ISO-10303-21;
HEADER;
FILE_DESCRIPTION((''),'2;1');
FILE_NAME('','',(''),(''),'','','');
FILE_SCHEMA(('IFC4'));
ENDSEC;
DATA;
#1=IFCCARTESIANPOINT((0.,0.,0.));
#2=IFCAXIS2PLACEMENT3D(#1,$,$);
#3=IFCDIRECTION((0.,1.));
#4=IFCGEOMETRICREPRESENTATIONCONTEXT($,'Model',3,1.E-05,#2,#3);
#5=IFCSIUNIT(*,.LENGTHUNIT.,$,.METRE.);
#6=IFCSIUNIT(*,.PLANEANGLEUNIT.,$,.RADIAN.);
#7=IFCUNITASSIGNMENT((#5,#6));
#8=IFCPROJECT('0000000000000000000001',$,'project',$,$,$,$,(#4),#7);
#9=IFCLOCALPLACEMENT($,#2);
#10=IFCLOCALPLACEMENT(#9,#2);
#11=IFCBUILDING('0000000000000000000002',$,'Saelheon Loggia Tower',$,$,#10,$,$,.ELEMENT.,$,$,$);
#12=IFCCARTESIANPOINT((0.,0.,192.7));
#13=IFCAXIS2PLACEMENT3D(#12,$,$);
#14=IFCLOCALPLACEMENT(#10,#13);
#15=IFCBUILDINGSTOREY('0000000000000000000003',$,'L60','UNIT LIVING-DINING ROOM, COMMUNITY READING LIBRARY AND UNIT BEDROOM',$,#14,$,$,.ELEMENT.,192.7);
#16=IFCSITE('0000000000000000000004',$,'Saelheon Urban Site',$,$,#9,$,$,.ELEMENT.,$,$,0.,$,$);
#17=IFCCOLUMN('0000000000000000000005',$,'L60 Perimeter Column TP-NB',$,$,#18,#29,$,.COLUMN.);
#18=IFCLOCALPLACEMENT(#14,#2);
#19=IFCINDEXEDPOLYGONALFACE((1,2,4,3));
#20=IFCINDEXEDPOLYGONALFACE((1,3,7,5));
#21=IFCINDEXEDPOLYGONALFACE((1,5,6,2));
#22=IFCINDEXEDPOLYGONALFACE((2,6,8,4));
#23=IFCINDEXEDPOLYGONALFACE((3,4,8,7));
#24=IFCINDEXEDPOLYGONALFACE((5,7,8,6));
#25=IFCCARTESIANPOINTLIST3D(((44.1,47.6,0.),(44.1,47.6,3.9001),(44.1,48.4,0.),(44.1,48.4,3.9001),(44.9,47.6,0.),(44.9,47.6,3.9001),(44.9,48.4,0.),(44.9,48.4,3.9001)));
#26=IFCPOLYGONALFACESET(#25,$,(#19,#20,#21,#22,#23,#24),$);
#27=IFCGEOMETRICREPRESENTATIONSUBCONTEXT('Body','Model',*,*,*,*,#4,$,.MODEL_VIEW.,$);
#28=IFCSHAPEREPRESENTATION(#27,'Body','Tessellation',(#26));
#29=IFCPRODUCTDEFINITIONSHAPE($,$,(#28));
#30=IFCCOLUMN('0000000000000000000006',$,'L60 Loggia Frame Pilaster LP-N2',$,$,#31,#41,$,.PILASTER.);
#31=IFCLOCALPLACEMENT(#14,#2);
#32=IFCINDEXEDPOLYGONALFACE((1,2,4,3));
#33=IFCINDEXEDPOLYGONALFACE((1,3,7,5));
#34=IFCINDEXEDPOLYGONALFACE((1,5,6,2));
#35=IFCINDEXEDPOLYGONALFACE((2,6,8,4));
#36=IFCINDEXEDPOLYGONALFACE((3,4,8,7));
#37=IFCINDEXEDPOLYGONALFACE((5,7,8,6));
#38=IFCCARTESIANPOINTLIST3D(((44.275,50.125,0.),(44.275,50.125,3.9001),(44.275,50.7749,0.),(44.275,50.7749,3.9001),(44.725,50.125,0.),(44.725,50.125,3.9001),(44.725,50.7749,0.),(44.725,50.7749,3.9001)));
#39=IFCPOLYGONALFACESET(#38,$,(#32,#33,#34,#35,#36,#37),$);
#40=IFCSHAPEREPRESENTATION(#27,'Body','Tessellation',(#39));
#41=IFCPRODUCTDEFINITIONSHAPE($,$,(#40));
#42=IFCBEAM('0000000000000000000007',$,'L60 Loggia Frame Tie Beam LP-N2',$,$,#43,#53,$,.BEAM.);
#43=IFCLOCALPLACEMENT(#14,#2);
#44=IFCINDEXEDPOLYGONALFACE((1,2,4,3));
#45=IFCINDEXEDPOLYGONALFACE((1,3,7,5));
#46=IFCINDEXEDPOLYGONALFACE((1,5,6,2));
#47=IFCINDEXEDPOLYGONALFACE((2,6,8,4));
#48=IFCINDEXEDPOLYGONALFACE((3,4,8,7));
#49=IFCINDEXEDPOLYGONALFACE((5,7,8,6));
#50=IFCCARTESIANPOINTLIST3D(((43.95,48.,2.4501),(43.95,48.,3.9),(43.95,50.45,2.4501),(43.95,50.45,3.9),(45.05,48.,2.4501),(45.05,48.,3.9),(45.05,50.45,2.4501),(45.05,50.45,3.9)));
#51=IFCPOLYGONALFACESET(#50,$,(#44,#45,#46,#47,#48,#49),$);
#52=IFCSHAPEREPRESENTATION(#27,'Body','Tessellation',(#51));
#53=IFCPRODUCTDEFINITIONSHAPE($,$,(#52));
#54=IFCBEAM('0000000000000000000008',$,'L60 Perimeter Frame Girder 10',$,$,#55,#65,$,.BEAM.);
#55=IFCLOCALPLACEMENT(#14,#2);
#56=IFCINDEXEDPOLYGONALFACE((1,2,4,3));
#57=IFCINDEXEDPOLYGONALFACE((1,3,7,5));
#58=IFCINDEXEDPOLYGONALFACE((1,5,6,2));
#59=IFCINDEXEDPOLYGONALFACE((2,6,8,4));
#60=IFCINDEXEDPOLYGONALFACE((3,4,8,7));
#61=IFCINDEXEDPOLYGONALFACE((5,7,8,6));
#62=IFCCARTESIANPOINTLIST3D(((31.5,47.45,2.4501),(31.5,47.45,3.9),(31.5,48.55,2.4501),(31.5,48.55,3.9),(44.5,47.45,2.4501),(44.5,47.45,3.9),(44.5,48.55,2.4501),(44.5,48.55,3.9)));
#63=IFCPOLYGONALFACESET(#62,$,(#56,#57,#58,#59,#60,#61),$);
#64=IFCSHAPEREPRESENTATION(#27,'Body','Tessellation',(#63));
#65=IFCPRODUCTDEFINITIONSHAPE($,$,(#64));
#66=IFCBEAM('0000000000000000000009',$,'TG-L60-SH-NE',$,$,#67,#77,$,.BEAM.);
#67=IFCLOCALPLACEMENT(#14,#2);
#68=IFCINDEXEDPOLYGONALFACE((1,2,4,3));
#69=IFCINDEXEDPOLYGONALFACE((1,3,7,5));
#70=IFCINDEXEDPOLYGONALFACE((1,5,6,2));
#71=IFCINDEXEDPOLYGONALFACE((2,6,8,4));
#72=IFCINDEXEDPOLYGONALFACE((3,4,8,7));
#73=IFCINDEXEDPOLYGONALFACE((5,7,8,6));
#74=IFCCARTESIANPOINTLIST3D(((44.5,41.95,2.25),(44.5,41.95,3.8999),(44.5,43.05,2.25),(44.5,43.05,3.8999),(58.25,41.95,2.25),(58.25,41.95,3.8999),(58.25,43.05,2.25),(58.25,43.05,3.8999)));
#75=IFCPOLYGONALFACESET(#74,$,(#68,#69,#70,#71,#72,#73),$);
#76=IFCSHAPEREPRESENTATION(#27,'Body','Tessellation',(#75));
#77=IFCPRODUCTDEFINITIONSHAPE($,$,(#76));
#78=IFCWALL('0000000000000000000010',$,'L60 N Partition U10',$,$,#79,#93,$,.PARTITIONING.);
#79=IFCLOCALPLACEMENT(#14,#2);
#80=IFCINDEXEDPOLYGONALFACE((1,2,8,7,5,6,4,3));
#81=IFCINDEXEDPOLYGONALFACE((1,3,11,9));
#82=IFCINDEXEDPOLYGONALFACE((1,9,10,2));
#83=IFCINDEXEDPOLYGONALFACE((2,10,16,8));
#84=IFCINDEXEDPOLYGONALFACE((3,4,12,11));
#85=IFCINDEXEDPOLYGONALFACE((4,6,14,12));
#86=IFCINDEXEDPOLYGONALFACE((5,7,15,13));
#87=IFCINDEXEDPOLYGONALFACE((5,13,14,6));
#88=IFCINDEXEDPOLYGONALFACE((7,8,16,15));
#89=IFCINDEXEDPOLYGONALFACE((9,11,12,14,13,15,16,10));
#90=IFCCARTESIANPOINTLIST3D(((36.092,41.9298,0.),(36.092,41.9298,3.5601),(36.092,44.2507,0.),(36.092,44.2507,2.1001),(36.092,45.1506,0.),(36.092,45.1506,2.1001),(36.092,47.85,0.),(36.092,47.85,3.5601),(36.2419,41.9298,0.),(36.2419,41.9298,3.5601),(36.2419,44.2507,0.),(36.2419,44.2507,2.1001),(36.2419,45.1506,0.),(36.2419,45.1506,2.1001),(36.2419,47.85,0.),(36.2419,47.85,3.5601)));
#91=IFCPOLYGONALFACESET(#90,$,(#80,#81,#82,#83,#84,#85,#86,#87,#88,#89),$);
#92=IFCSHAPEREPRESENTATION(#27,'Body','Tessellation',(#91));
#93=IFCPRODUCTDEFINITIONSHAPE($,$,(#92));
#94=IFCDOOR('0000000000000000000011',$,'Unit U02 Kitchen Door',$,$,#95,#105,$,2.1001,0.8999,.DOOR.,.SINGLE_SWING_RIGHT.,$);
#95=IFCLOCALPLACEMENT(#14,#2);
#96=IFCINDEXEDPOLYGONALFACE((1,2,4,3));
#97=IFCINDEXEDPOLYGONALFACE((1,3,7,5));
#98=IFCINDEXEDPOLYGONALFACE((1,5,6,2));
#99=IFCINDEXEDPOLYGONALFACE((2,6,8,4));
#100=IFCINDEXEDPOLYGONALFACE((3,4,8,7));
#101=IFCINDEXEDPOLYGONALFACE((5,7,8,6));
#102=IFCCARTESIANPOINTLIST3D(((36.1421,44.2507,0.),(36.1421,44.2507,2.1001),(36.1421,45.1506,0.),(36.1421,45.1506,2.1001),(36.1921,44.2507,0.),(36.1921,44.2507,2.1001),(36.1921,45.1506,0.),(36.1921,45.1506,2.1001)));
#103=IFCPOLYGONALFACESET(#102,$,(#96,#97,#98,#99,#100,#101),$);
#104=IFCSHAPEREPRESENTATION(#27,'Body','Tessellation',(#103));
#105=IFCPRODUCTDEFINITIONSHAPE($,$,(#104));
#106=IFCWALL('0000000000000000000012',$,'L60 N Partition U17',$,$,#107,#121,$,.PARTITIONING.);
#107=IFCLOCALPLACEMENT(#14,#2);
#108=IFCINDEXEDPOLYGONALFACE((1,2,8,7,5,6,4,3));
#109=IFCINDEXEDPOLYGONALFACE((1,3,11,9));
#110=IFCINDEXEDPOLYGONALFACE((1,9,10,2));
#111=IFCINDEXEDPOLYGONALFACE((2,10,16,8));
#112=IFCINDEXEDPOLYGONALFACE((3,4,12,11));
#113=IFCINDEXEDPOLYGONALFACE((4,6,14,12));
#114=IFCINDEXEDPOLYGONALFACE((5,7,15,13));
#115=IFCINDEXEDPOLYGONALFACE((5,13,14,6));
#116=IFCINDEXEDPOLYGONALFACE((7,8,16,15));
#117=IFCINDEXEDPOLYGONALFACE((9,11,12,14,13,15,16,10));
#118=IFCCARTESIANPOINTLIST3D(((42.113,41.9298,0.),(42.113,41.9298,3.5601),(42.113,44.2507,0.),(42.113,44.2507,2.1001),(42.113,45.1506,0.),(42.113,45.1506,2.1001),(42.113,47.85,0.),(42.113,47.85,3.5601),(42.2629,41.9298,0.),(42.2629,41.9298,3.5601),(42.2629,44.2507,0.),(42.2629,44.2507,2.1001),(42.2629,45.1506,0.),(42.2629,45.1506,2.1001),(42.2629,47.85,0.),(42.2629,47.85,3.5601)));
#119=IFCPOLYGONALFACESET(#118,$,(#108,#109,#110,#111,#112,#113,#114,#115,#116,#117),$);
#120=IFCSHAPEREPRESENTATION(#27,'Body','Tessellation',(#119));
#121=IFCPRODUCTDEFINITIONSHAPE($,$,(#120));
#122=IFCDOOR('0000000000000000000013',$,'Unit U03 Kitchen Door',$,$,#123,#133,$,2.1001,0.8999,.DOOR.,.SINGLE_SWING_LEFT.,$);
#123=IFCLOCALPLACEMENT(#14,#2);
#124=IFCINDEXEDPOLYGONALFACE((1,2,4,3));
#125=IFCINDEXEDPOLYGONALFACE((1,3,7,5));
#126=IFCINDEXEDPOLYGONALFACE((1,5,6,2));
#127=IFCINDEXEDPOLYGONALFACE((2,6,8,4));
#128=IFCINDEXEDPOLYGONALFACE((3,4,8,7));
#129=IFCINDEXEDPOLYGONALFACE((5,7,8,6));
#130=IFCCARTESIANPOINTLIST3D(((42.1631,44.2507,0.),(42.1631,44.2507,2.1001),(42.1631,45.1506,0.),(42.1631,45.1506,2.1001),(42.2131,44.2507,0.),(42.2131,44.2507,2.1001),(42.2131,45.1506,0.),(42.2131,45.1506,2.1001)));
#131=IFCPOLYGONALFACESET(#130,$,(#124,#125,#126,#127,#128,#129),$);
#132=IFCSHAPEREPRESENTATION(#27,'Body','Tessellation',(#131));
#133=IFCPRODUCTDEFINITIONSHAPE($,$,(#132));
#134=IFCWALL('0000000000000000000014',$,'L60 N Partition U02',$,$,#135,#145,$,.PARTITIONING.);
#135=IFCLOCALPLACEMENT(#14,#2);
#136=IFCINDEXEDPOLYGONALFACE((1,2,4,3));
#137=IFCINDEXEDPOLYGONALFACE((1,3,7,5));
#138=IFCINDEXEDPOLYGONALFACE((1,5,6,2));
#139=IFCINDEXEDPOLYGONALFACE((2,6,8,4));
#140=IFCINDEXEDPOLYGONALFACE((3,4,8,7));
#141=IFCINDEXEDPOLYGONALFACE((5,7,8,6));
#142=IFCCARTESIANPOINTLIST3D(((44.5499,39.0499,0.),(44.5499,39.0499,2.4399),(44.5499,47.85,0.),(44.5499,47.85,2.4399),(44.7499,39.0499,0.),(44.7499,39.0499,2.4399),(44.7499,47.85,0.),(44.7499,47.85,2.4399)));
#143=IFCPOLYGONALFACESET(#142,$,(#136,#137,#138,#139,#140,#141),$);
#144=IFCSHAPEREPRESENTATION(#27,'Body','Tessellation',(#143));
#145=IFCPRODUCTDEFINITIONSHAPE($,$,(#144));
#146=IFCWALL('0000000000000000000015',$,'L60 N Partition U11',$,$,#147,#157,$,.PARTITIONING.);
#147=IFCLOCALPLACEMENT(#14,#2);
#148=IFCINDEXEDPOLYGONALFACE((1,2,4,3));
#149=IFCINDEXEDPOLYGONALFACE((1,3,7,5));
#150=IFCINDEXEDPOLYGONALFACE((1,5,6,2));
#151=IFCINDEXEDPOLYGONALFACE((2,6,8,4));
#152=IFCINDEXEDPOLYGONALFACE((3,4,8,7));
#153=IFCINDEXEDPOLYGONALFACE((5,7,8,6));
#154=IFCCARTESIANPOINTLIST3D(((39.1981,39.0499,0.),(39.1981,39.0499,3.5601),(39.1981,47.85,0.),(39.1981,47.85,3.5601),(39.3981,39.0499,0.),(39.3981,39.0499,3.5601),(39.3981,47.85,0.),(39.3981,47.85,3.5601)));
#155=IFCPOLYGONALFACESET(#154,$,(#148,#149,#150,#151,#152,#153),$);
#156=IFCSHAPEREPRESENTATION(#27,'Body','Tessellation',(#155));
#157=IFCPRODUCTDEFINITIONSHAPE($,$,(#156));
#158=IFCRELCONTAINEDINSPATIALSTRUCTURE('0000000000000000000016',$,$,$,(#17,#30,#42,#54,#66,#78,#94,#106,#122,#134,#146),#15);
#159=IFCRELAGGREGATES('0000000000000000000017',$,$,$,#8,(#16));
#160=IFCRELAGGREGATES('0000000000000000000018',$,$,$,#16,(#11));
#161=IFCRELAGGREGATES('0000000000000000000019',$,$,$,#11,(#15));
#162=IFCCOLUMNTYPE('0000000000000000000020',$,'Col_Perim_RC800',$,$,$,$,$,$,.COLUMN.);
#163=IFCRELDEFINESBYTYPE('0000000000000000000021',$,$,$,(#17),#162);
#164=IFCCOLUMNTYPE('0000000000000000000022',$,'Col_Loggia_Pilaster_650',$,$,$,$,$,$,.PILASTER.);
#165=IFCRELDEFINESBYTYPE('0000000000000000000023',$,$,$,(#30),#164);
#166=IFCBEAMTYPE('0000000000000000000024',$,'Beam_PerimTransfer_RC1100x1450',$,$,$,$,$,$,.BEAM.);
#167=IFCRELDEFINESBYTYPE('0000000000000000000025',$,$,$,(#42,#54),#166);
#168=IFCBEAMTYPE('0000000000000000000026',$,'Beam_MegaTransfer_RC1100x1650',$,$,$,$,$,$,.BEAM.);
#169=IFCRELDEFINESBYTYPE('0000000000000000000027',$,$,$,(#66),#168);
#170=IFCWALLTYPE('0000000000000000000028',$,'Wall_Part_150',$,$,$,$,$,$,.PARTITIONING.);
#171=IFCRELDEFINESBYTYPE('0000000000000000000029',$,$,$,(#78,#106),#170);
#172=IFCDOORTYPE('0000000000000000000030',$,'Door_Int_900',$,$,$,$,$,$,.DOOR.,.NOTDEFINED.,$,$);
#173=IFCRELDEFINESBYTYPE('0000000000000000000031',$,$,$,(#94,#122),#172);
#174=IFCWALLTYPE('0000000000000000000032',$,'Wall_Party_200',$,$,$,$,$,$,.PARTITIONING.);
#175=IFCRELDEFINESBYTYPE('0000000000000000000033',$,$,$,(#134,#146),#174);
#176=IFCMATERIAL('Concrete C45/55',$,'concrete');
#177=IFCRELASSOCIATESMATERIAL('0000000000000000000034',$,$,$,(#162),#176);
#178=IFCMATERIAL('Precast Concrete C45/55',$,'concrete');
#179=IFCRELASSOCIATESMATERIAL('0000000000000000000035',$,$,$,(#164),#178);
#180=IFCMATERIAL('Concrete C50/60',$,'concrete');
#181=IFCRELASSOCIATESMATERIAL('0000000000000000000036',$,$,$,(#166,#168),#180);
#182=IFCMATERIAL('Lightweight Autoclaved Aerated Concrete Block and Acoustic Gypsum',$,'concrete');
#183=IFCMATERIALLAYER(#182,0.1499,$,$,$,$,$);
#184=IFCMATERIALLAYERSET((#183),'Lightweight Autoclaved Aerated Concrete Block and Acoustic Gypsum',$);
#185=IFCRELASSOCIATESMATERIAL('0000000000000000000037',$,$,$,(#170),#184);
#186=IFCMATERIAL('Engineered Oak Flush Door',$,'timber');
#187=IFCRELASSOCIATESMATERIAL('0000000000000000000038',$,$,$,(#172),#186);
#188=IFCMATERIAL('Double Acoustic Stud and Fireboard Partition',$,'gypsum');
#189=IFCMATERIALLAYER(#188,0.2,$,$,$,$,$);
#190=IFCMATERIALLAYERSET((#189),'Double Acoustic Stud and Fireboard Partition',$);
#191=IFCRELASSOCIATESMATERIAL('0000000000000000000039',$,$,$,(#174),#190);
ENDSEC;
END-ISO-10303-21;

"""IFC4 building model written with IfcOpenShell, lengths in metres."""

from ifc_helpers import new_model, si_unit, direction, frame, frame_2d, origin, origin_2d, place, context, subcontext, project, spatial, rectangle, extrude, source, transform, mapped, material, layer, layer_set, material_profile, profile_set, type_object, element, fill, save


model = new_model("IFC4")

# Units and contexts
model_context = context("Model", 3, precision=1e-05, world=origin(), true_north=direction((0.0, 1.0)))
body_context = subcontext(model_context, "Body", "Model", "MODEL_VIEW")
ifc_project = project(units=[si_unit("LENGTHUNIT", "METRE"), si_unit("PLANEANGLEUNIT", "RADIAN")], contexts=[model_context])

# Site, building, storey
site_placement = place(None, origin())
site = spatial("IfcSite", under=ifc_project, at=site_placement, Name="Saelheon Urban Site", CompositionType="ELEMENT", RefElevation=0.0)
building_placement = place(site_placement, origin())
building = spatial("IfcBuilding", under=site, at=building_placement, Name="Saelheon Loggia Tower", CompositionType="ELEMENT")
storey_placement = place(building_placement, frame((0.0, 0.0, 192.7)))
storey = spatial("IfcBuildingStorey", under=building, at=storey_placement, Name="L60", Description="UNIT LIVING-DINING ROOM, COMMUNITY READING LIBRARY AND UNIT BEDROOM", CompositionType="ELEMENT", Elevation=192.7)

# Columns
ifc_material_1 = material(Name="Concrete C45/55", Category="concrete")
ifc_material_profile_1 = material_profile(ifc_material_1, rectangle(XDim=0.8, YDim=0.8, at=origin_2d()), Name="RC-800x800")
ifc_profile_set_1 = profile_set([ifc_material_profile_1], Name="Concrete C45/55")
column_type_1 = type_object("IfcColumnType", Name="Col_Perim_RC800", PredefinedType="COLUMN", material=ifc_profile_set_1)
shared_shape_1 = source(origin(), body_context, "Body", "SweptSolid", [
    extrude(rectangle(XDim=0.8, YDim=0.8, at=origin_2d()), origin(), (0.0, 0.0, 1.0), 3.9001),
])
column_1_placement = place(storey_placement, frame((44.5, 48.0, 0.0), z_axis=(0.0, 0.0, 1.0), x_axis=(1.0, 0.0, 0.0)))
element("IfcColumn", 1, at=column_1_placement, inside=storey, type_object=column_type_1, Name="L60 Perimeter Column TP-NB", PredefinedType="COLUMN", context=body_context, shape_type="MappedRepresentation", body=[
    mapped(shared_shape_1, transform((0.0, 0.0, 0.0), scale=1.0)),
])
ifc_material_2 = material(Name="Precast Concrete C45/55", Category="concrete")
ifc_material_profile_2 = material_profile(ifc_material_2, rectangle(XDim=0.45, YDim=0.6499, at=origin_2d()), Name="RC-450x650")
ifc_profile_set_2 = profile_set([ifc_material_profile_2], Name="Precast Concrete C45/55")
column_type_2 = type_object("IfcColumnType", Name="Col_Loggia_Pilaster_650", PredefinedType="PILASTER", material=ifc_profile_set_2)
shared_shape_2 = source(origin(), body_context, "Body", "SweptSolid", [
    extrude(rectangle(XDim=0.45, YDim=0.6499, at=origin_2d()), origin(), (0.0, 0.0, 1.0), 3.9001),
])
column_2_placement = place(storey_placement, frame((44.5, 50.45, 0.0), z_axis=(0.0, 0.0, 1.0), x_axis=(1.0, 0.0, 0.0)))
element("IfcColumn", 2, at=column_2_placement, inside=storey, type_object=column_type_2, Name="L60 Loggia Frame Pilaster LP-N2", PredefinedType="PILASTER", context=body_context, shape_type="MappedRepresentation", body=[
    mapped(shared_shape_2, transform((0.0, 0.0, 0.0), scale=1.0)),
])

# Beams
ifc_material_3 = material(Name="Concrete C50/60", Category="concrete")
ifc_material_profile_3 = material_profile(ifc_material_3, rectangle(XDim=1.1001, YDim=1.45, at=origin_2d()), Name="RC-1100x1450")
ifc_profile_set_3 = profile_set([ifc_material_profile_3], Name="Concrete C50/60")
beam_type_1 = type_object("IfcBeamType", Name="Beam_PerimTransfer_RC1100x1450", PredefinedType="BEAM", material=ifc_profile_set_3)
shared_shape_3 = source(origin(), body_context, "Body", "SweptSolid", [
    extrude(rectangle(XDim=1.1001, YDim=1.45, at=origin_2d()), origin(), (0.0, 0.0, 1.0), 2.45),
])
beam_1_placement = place(storey_placement, frame((44.5, 48.0, 3.175), z_axis=(0.0, 1.0, 0.0), x_axis=(-1.0, 0.0, 0.0)))
element("IfcBeam", 3, at=beam_1_placement, inside=storey, type_object=beam_type_1, Name="L60 Loggia Frame Tie Beam LP-N2", PredefinedType="BEAM", context=body_context, shape_type="MappedRepresentation", body=[
    mapped(shared_shape_3, transform((0.0, 0.0, 0.0), scale=1.0)),
])
shared_shape_4 = source(origin(), body_context, "Body", "SweptSolid", [
    extrude(rectangle(XDim=1.1001, YDim=1.45, at=origin_2d()), origin(), (0.0, 0.0, 1.0), 13.0),
])
beam_2_placement = place(storey_placement, frame((44.5, 48.0, 3.175), z_axis=(-1.0, 0.0, 0.0), x_axis=(0.0, -1.0, 0.0)))
element("IfcBeam", 4, at=beam_2_placement, inside=storey, type_object=beam_type_1, Name="L60 Perimeter Frame Girder 10", PredefinedType="BEAM", context=body_context, shape_type="MappedRepresentation", body=[
    mapped(shared_shape_4, transform((0.0, 0.0, 0.0), scale=1.0)),
])
ifc_material_profile_4 = material_profile(ifc_material_3, rectangle(XDim=1.1001, YDim=1.6499, at=origin_2d()), Name="RC-1100x1650")
ifc_profile_set_4 = profile_set([ifc_material_profile_4], Name="Concrete C50/60")
beam_type_2 = type_object("IfcBeamType", Name="Beam_MegaTransfer_RC1100x1650", PredefinedType="BEAM", material=ifc_profile_set_4)
shared_shape_5 = source(origin(), body_context, "Body", "SweptSolid", [
    extrude(rectangle(XDim=1.1001, YDim=1.6499, at=origin_2d()), origin(), (0.0, 0.0, 1.0), 13.75),
])
beam_3_placement = place(storey_placement, frame((44.5, 42.5, 3.075), z_axis=(1.0, 0.0, 0.0), x_axis=(0.0, 1.0, 0.0)))
element("IfcBeam", 5, at=beam_3_placement, inside=storey, type_object=beam_type_2, Name="TG-L60-SH-NE", PredefinedType="BEAM", context=body_context, shape_type="MappedRepresentation", body=[
    mapped(shared_shape_5, transform((0.0, 0.0, 0.0), scale=1.0)),
])

# Walls, openings, doors
ifc_material_4 = material(Name="Lightweight Autoclaved Aerated Concrete Block and Acoustic Gypsum", Category="concrete")
ifc_layer_1 = layer(ifc_material_4, 0.1499)
ifc_layer_set_1 = layer_set([ifc_layer_1], Name="Lightweight Autoclaved Aerated Concrete Block and Acoustic Gypsum")
wall_type_1 = type_object("IfcWallType", Name="Wall_Part_150", PredefinedType="PARTITIONING", material=ifc_layer_set_1)
wall_1_placement = place(storey_placement, frame((36.167, 41.9299, 0.0), z_axis=(0.0, 0.0, 1.0), x_axis=(0.0, 1.0, 0.0)))
wall_1 = element("IfcWall", 6, at=wall_1_placement, inside=storey, type_object=wall_type_1, Name="L60 N Partition U10", PredefinedType="PARTITIONING", context=body_context, shape_type="SweptSolid", body=[
    extrude(rectangle(XDim=5.9202, YDim=0.1499, at=frame_2d((2.96, 0.0))), origin(), (0.0, 0.0, 1.0), 3.5601),
])
opening_1_placement = place(wall_1_placement, frame((2.3208, 0.0, 0.0)))
opening_1 = element("IfcOpeningElement", 7, at=opening_1_placement, cuts=wall_1, PredefinedType="OPENING", context=body_context, shape_type="SweptSolid", body=[
    extrude(rectangle(XDim=0.8999, YDim=2.1001, at=frame_2d((0.45, 1.05))), frame((0.0, 0.0869, 0.0), z_axis=(0.0, -1.0, 0.0), x_axis=(1.0, 0.0, 0.0)), (0.0, 0.0, 1.0), 0.1738),
])
ifc_material_5 = material(Name="Engineered Oak Flush Door", Category="timber")
door_type_1 = type_object("IfcDoorType", Name="Door_Int_900", OperationType="NOTDEFINED", PredefinedType="DOOR", material=ifc_material_5)
shared_shape_6 = source(origin(), body_context, "Body", "SweptSolid", [
    extrude(rectangle(XDim=0.8999, YDim=2.1001, at=frame_2d((0.45, 1.05))), frame((0.0, 0.0249, 0.0), z_axis=(0.0, -1.0, 0.0), x_axis=(1.0, 0.0, 0.0)), (0.0, 0.0, 1.0), 0.05),
])
door_1_placement = place(opening_1_placement, origin())
door_1 = element("IfcDoor", 8, at=door_1_placement, inside=storey, type_object=door_type_1, Name="Unit U02 Kitchen Door", OperationType="SINGLE_SWING_RIGHT", OverallHeight=2.1001, OverallWidth=0.8999, PredefinedType="DOOR", context=body_context, shape_type="MappedRepresentation", body=[
    mapped(shared_shape_6, transform((0.0, 0.0, 0.0), scale=1.0)),
])
fill(opening_1, door_1)
wall_2_placement = place(storey_placement, frame((42.188, 41.9299, 0.0), z_axis=(0.0, 0.0, 1.0), x_axis=(0.0, 1.0, 0.0)))
wall_2 = element("IfcWall", 9, at=wall_2_placement, inside=storey, type_object=wall_type_1, Name="L60 N Partition U17", PredefinedType="PARTITIONING", context=body_context, shape_type="SweptSolid", body=[
    extrude(rectangle(XDim=5.9202, YDim=0.1499, at=frame_2d((2.96, 0.0))), origin(), (0.0, 0.0, 1.0), 3.5601),
])
opening_2_placement = place(wall_2_placement, frame((2.3208, 0.0, 0.0)))
opening_2 = element("IfcOpeningElement", 10, at=opening_2_placement, cuts=wall_2, PredefinedType="OPENING", context=body_context, shape_type="SweptSolid", body=[
    extrude(rectangle(XDim=0.8999, YDim=2.1001, at=frame_2d((0.45, 1.05))), frame((0.0, 0.0869, 0.0), z_axis=(0.0, -1.0, 0.0), x_axis=(1.0, 0.0, 0.0)), (0.0, 0.0, 1.0), 0.1738),
])
door_2_placement = place(opening_2_placement, origin())
door_2 = element("IfcDoor", 11, at=door_2_placement, inside=storey, type_object=door_type_1, Name="Unit U03 Kitchen Door", OperationType="SINGLE_SWING_LEFT", OverallHeight=2.1001, OverallWidth=0.8999, PredefinedType="DOOR", context=body_context, shape_type="MappedRepresentation", body=[
    mapped(shared_shape_6, transform((0.0, 0.0, 0.0), scale=1.0)),
])
fill(opening_2, door_2)

# Walls
ifc_material_6 = material(Name="Double Acoustic Stud and Fireboard Partition", Category="gypsum")
ifc_layer_2 = layer(ifc_material_6, 0.2)
ifc_layer_set_2 = layer_set([ifc_layer_2], Name="Double Acoustic Stud and Fireboard Partition")
wall_type_2 = type_object("IfcWallType", Name="Wall_Party_200", PredefinedType="PARTITIONING", material=ifc_layer_set_2)
wall_3_placement = place(storey_placement, frame((44.6499, 39.05, 0.0), z_axis=(0.0, 0.0, 1.0), x_axis=(0.0, 1.0, 0.0)))
element("IfcWall", 12, at=wall_3_placement, inside=storey, type_object=wall_type_2, Name="L60 N Partition U02", PredefinedType="PARTITIONING", context=body_context, shape_type="SweptSolid", body=[
    extrude(rectangle(XDim=8.8, YDim=0.2, at=frame_2d((4.3999, 0.0))), origin(), (0.0, 0.0, 1.0), 2.4399),
])
wall_4_placement = place(storey_placement, frame((39.2981, 39.05, 0.0), z_axis=(0.0, 0.0, 1.0), x_axis=(0.0, 1.0, 0.0)))
element("IfcWall", 13, at=wall_4_placement, inside=storey, type_object=wall_type_2, Name="L60 N Partition U11", PredefinedType="PARTITIONING", context=body_context, shape_type="SweptSolid", body=[
    extrude(rectangle(XDim=8.8, YDim=0.2, at=frame_2d((4.3999, 0.0))), origin(), (0.0, 0.0, 1.0), 3.5601),
])

save(model, "model.ifc")
